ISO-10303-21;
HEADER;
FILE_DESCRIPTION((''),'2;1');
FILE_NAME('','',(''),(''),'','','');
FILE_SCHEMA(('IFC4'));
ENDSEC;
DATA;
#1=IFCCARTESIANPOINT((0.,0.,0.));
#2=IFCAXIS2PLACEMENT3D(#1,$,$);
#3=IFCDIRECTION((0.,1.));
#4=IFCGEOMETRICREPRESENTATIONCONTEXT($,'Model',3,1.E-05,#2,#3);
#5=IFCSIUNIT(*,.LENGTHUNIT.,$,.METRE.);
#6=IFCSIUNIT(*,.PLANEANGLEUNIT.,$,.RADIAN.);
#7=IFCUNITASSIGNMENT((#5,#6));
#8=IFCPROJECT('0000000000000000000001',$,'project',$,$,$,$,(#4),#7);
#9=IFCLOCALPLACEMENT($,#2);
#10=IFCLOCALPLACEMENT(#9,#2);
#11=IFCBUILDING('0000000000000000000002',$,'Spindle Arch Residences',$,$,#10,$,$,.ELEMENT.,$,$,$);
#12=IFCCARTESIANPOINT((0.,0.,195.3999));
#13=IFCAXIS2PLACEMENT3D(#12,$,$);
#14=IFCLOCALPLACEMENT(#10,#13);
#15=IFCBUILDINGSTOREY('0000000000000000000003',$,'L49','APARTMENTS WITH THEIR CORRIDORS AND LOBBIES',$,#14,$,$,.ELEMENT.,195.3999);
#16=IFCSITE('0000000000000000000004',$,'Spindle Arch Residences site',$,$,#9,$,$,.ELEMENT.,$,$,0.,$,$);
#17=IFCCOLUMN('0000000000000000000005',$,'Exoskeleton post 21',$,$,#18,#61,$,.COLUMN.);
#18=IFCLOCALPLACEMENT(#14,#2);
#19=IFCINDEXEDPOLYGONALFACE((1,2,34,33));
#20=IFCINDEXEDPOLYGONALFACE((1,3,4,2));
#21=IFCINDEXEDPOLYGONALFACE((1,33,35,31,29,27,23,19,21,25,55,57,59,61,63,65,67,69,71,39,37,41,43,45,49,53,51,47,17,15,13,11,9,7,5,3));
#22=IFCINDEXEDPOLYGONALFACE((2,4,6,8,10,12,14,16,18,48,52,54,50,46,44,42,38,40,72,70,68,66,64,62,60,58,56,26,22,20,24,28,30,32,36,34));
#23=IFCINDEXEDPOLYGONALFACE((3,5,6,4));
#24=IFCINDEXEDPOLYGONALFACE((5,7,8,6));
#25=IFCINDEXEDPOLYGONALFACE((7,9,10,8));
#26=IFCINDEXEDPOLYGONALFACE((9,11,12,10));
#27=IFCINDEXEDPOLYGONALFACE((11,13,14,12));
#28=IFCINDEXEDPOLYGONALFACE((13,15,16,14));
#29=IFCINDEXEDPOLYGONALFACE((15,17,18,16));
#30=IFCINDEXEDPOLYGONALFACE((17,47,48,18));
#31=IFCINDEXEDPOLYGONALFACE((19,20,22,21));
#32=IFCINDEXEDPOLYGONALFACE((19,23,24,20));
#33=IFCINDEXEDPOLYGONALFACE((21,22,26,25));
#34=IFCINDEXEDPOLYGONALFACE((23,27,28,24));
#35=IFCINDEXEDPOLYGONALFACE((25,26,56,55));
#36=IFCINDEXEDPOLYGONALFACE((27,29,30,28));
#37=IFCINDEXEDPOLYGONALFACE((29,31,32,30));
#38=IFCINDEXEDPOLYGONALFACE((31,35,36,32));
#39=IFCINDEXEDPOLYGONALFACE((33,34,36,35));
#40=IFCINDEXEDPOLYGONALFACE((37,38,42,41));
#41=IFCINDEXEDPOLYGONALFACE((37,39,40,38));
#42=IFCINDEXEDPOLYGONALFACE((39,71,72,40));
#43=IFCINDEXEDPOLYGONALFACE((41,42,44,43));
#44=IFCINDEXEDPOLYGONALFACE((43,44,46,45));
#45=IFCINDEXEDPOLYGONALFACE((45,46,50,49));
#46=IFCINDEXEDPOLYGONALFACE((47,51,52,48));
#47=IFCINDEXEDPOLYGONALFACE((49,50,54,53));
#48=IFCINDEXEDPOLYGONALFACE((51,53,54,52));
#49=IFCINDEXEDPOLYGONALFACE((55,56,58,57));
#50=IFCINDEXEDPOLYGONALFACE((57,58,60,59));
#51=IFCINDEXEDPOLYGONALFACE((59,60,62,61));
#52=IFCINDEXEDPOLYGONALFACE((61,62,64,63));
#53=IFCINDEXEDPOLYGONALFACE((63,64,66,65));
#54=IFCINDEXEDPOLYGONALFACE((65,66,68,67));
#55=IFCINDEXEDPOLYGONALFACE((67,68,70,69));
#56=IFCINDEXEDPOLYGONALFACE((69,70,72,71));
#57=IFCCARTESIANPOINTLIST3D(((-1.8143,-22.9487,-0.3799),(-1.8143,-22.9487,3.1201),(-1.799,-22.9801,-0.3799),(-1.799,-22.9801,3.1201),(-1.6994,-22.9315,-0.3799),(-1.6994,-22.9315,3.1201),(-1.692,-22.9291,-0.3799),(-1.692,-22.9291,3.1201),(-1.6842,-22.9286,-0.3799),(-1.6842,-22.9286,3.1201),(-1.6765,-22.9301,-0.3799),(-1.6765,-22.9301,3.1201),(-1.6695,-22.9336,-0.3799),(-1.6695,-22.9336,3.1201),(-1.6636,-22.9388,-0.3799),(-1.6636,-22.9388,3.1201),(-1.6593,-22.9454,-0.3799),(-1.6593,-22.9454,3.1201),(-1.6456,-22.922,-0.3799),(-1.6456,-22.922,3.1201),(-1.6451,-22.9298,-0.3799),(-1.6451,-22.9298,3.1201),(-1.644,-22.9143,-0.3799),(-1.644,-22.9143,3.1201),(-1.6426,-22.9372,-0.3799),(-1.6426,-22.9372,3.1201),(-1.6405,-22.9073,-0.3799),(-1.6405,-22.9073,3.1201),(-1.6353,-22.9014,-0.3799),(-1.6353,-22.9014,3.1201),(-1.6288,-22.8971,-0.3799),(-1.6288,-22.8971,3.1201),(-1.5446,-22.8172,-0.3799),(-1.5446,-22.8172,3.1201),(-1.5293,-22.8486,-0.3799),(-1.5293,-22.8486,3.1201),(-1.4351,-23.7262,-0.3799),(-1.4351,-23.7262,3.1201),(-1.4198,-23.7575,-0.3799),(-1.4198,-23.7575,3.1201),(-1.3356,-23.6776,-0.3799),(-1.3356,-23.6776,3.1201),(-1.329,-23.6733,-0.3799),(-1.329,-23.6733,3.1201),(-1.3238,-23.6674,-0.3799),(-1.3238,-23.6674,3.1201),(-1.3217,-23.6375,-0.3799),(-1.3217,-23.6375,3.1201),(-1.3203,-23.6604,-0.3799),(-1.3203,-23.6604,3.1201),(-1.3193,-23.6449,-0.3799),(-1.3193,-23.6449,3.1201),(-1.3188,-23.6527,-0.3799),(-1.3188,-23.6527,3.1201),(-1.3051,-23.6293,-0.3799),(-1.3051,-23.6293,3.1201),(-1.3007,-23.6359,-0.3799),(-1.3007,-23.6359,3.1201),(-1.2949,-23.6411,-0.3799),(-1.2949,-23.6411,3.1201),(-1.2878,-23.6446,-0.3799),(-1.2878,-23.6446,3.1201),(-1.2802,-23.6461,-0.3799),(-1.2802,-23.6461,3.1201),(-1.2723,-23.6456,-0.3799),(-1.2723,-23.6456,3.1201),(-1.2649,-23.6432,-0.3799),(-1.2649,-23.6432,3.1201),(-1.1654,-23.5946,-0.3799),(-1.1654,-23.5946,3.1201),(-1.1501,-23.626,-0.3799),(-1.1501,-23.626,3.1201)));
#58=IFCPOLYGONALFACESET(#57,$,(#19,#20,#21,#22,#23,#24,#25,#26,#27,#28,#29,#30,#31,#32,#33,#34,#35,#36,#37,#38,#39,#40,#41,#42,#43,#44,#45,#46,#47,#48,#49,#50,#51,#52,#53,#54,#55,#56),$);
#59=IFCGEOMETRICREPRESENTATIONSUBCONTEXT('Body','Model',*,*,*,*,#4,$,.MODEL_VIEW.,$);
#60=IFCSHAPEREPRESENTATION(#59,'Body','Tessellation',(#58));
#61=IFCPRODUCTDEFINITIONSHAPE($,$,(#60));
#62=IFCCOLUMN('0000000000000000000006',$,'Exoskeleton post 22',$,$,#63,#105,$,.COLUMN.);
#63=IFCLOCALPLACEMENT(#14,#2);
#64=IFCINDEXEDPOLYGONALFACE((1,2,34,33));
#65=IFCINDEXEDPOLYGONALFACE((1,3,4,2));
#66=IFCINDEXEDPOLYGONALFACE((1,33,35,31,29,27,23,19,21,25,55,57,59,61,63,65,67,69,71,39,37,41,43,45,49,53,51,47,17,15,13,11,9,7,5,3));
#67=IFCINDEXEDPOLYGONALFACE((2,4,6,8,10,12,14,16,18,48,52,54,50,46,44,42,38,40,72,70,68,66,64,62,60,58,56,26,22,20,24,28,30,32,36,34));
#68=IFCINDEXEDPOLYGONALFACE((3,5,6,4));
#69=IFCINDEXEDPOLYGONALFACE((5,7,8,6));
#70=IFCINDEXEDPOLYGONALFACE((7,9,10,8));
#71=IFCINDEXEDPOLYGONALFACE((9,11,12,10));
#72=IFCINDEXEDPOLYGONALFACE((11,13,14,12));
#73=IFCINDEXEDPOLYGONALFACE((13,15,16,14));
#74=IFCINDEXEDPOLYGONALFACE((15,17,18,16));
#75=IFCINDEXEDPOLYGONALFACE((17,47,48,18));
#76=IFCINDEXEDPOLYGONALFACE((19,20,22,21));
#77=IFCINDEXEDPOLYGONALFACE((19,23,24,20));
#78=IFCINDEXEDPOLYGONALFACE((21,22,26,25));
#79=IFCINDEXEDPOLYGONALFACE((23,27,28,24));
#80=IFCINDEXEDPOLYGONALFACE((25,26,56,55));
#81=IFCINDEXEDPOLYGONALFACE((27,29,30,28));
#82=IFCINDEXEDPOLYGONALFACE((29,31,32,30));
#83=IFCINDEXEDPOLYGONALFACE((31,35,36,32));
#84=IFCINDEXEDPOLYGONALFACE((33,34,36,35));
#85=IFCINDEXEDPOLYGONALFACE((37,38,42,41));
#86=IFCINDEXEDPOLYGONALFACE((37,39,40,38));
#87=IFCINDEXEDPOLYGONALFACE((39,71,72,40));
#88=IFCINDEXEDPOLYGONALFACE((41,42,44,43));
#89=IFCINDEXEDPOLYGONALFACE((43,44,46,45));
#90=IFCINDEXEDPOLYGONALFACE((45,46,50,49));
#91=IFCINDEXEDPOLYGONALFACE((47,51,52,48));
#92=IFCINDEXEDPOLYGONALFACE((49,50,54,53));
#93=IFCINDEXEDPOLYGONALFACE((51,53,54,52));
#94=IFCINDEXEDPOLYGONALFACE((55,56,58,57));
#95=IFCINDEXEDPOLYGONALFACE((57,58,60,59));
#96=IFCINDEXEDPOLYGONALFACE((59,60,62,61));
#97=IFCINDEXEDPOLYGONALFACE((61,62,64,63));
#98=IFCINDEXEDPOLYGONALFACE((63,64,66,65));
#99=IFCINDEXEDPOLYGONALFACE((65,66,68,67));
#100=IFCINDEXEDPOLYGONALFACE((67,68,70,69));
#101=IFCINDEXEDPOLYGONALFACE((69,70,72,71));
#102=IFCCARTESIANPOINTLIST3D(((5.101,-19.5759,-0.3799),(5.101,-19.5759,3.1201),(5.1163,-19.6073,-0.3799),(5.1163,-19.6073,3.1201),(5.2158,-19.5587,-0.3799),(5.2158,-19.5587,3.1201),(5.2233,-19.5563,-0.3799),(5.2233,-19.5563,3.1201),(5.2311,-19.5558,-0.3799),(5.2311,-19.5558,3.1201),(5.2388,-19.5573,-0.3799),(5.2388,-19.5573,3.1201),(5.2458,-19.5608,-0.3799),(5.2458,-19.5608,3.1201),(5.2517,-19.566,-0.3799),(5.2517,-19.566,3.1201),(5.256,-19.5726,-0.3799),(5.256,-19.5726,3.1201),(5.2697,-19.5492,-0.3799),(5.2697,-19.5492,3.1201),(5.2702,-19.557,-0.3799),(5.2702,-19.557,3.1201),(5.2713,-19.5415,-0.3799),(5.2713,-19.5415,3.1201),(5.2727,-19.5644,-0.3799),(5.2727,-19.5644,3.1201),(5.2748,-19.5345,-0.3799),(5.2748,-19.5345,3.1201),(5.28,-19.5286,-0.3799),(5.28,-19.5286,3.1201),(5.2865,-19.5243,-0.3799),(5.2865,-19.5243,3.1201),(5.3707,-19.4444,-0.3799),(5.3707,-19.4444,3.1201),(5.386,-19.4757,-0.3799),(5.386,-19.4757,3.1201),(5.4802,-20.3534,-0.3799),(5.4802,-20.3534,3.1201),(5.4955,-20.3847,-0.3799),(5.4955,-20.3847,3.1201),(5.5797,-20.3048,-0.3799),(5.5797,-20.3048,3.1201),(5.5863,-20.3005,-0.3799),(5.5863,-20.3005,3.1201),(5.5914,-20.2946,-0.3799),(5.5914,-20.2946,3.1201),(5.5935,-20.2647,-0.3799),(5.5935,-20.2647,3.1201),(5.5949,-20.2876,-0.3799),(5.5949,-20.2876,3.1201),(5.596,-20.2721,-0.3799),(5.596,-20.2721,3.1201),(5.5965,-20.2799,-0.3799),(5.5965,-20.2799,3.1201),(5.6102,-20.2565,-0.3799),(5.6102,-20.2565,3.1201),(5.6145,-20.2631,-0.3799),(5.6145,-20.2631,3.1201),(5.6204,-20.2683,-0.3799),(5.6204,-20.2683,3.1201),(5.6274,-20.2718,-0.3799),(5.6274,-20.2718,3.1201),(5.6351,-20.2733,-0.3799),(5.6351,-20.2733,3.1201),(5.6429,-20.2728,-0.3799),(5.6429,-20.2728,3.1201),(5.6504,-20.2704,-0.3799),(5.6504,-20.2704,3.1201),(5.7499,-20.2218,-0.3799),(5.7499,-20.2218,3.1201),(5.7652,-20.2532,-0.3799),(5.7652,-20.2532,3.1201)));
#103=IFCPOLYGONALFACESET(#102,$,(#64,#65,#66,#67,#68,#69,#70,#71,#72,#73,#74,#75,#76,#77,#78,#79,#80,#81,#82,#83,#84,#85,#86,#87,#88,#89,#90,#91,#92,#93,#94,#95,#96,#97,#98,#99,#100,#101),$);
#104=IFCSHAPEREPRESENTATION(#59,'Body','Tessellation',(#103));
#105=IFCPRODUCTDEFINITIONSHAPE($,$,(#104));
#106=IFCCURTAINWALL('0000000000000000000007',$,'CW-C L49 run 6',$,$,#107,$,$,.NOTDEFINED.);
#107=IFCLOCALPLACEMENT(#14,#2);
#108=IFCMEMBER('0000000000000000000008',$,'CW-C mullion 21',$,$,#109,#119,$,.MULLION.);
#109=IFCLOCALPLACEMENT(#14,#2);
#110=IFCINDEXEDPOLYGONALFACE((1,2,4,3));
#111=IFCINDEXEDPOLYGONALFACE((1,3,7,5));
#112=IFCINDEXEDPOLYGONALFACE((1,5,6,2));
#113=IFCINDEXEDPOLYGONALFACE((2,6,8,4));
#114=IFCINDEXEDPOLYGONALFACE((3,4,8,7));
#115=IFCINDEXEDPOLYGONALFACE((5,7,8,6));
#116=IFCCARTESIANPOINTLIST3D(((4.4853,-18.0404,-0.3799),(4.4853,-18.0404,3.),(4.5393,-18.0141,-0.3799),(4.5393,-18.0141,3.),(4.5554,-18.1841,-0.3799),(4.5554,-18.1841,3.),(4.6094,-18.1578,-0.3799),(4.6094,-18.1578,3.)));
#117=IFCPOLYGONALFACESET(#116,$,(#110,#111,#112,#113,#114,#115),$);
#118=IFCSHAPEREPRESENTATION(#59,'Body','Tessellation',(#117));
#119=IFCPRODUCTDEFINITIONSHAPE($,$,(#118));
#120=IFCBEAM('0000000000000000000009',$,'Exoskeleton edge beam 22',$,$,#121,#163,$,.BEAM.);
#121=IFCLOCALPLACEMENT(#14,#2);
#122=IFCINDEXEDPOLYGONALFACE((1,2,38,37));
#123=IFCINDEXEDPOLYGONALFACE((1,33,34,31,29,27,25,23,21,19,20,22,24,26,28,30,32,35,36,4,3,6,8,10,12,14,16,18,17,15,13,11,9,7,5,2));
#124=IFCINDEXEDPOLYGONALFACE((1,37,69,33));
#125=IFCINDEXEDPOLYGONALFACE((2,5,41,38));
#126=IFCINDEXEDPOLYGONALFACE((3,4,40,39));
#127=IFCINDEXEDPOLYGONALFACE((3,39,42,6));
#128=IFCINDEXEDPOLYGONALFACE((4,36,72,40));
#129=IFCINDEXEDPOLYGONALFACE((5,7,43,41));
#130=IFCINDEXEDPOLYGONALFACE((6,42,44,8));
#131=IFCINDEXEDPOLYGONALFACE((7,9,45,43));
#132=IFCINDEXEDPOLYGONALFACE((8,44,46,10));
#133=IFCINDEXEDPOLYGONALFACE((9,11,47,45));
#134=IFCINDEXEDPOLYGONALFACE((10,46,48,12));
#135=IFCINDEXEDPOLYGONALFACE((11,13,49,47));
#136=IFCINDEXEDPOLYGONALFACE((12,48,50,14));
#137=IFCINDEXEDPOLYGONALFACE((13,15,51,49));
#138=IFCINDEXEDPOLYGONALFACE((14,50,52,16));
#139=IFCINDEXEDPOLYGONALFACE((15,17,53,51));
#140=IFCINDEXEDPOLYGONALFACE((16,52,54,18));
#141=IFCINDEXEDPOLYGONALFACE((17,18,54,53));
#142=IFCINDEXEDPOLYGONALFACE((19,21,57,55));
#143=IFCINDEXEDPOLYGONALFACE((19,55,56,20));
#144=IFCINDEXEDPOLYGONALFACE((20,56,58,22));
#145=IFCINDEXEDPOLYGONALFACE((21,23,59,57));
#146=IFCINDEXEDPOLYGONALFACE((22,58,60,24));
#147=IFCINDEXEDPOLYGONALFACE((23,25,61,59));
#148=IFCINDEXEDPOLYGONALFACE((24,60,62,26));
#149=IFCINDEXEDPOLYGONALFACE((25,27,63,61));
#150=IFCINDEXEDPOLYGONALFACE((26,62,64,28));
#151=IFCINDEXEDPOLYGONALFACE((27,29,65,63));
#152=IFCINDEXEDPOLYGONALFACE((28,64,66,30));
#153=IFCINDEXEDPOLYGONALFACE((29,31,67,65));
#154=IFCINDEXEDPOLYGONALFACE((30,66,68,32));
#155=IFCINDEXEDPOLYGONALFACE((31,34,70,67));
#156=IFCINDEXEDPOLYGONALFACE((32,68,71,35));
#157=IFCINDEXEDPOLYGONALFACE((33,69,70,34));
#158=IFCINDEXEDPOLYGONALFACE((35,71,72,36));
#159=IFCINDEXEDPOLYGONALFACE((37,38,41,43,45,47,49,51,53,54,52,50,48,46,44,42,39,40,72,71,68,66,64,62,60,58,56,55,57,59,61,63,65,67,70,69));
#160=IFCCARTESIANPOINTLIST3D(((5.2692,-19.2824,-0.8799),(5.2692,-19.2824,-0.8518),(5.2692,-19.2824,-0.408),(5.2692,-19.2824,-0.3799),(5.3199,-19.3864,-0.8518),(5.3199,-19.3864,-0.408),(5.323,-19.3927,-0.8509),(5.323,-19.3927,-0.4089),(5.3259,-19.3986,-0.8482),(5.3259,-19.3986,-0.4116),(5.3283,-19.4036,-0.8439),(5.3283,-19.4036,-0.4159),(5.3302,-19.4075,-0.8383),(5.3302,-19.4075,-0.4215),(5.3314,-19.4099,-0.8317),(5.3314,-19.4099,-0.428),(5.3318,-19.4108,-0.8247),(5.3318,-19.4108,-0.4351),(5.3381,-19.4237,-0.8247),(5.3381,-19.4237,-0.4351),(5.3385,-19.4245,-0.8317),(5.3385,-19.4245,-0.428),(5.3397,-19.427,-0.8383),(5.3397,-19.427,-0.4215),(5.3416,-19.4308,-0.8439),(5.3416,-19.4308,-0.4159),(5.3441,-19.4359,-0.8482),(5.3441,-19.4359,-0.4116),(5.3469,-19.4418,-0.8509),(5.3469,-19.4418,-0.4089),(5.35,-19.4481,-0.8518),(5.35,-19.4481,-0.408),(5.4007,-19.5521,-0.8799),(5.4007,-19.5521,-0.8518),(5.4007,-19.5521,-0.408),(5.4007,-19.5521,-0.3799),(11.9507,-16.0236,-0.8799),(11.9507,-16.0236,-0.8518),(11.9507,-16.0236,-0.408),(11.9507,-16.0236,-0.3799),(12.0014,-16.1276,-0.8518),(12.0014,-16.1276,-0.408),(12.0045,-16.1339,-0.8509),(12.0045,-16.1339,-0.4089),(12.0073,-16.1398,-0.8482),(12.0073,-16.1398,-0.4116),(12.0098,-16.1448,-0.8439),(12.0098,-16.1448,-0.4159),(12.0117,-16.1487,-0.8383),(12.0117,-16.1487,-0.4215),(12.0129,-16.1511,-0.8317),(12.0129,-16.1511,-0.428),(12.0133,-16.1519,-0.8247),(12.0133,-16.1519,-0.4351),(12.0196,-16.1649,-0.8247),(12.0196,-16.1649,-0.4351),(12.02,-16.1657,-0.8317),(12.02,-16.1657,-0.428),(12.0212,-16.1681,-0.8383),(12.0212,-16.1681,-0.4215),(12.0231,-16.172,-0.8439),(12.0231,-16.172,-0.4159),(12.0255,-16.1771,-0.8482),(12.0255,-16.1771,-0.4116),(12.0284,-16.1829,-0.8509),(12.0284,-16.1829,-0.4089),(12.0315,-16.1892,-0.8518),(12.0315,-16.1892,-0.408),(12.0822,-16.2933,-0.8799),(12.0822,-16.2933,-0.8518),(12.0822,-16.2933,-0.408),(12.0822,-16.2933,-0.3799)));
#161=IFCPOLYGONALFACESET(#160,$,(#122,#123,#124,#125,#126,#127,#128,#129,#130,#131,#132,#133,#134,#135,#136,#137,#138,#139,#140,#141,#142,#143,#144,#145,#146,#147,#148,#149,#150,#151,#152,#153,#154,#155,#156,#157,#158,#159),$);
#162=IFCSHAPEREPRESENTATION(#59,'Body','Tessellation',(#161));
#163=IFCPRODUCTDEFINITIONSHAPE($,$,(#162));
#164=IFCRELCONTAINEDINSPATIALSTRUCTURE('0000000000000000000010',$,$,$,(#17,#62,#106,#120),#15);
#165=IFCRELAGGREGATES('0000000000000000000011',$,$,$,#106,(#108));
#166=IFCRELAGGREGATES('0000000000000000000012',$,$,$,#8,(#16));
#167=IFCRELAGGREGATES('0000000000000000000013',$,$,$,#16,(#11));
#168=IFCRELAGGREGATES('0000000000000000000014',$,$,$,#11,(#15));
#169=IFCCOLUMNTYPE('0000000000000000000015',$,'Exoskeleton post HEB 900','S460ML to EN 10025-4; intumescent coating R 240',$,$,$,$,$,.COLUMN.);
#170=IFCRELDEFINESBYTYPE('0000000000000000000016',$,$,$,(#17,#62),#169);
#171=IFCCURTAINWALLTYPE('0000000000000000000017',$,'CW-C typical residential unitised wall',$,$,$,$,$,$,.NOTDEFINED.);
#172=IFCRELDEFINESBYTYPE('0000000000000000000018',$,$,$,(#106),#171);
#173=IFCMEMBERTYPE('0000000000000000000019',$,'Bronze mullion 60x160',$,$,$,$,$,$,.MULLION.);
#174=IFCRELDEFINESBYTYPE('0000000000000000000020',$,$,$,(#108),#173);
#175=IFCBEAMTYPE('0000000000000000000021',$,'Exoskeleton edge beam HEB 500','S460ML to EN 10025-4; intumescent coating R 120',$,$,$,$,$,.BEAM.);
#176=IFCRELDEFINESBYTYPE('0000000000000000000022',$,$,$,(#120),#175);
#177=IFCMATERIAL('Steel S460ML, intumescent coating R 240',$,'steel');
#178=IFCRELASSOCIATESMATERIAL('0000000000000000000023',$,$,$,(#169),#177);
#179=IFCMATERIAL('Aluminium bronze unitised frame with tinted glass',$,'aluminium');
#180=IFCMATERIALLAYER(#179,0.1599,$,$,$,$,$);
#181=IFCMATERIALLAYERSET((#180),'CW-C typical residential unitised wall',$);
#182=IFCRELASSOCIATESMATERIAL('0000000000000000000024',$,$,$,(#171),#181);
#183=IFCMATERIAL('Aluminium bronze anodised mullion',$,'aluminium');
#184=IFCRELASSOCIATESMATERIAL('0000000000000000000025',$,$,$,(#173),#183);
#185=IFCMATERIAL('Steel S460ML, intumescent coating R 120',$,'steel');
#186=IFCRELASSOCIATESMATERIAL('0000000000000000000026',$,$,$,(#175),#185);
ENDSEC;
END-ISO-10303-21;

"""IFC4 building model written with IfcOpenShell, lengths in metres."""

from ifc_helpers import new_model, si_unit, direction, frame, origin, origin_2d, place, context, subcontext, project, spatial, rectangle, i_section, extrude, material, layer, layer_set, material_profile, profile_set, type_object, element, aggregate, save


model = new_model("IFC4")

# Units and contexts
model_context = context("Model", 3, precision=1e-05, world=origin(), true_north=direction((0.0, 1.0)))
body_context = subcontext(model_context, "Body", "Model", "MODEL_VIEW")
ifc_project = project(units=[si_unit("LENGTHUNIT", "METRE"), si_unit("PLANEANGLEUNIT", "RADIAN")], contexts=[model_context])

# Site, building, storey
site_placement = place(None, origin())
site = spatial("IfcSite", under=ifc_project, at=site_placement, Name="Spindle Arch Residences site", CompositionType="ELEMENT", RefElevation=0.0)
building_placement = place(site_placement, origin())
building = spatial("IfcBuilding", under=site, at=building_placement, Name="Spindle Arch Residences", CompositionType="ELEMENT")
storey_placement = place(building_placement, frame((0.0, 0.0, 195.3999)))
storey = spatial("IfcBuildingStorey", under=building, at=storey_placement, Name="L49", Description="APARTMENTS WITH THEIR CORRIDORS AND LOBBIES", CompositionType="ELEMENT", Elevation=195.3999)

# Columns
ifc_material_1 = material(Name="Steel S460ML, intumescent coating R 240", Category="steel")
ifc_material_profile_1 = material_profile(ifc_material_1, i_section(OverallWidth=0.3, OverallDepth=0.8999, WebThickness=0.0186, FlangeThickness=0.0349, FilletRadius=0.03, at=origin_2d()), Name="HEB 900")
ifc_profile_set_1 = profile_set([ifc_material_profile_1], Name="Steel S460ML, intumescent coating R 240")
column_type = type_object("IfcColumnType", Name="Exoskeleton post HEB 900", Description="S460ML to EN 10025-4; intumescent coating R 240", PredefinedType="COLUMN", material=ifc_profile_set_1)
for number, where, z_axis, x_axis, name in (
    (1, (-1.4822, -23.2874, -0.3799), (0.0, 0.0, 1.0), (-0.898794, -0.438371, 0.0), "Exoskeleton post 21"),
    (2, (5.4331, -19.9146, -0.3799), (0.0, 0.0, 1.0), (-0.898794, -0.438371, 0.0), "Exoskeleton post 22"),
):
    element("IfcColumn", number, at=place(storey_placement, frame(where, z_axis=z_axis, x_axis=x_axis)), inside=storey, type_object=column_type, Name=name, PredefinedType="COLUMN", context=body_context, shape_type="SweptSolid", body=[
        extrude(i_section(OverallWidth=0.3, OverallDepth=0.8999, WebThickness=0.0186, FlangeThickness=0.0349, FilletRadius=0.03, at=origin_2d()), origin(), (0.0, 0.0, 1.0), 3.5),
    ])

# Curtain wall, member
ifc_material_2 = material(Name="Aluminium bronze unitised frame with tinted glass", Category="aluminium")
ifc_layer_1 = layer(ifc_material_2, 0.1599)
ifc_layer_set_1 = layer_set([ifc_layer_1], Name="CW-C typical residential unitised wall")
curtain_wall_type = type_object("IfcCurtainWallType", Name="CW-C typical residential unitised wall", PredefinedType="NOTDEFINED", material=ifc_layer_set_1)
curtain_wall_placement = place(storey_placement, origin())
curtain_wall = element("IfcCurtainWall", 3, at=curtain_wall_placement, inside=storey, type_object=curtain_wall_type, Name="CW-C L49 run 6", PredefinedType="NOTDEFINED")
ifc_material_3 = material(Name="Aluminium bronze anodised mullion", Category="aluminium")
ifc_material_profile_2 = material_profile(ifc_material_3, rectangle(XDim=0.1599, YDim=0.0601, at=origin_2d()), Name="MU 60x160")
ifc_profile_set_2 = profile_set([ifc_material_profile_2], Name="Aluminium bronze anodised mullion")
member_type = type_object("IfcMemberType", Name="Bronze mullion 60x160", PredefinedType="MULLION", material=ifc_profile_set_2)
member_placement = place(storey_placement, frame((4.5474, -18.0991, -0.3799), z_axis=(0.0, 0.0, 1.0), x_axis=(-0.438371, 0.898794, 0.0)))
member = element("IfcMember", 4, at=member_placement, type_object=member_type, Name="CW-C mullion 21", PredefinedType="MULLION", context=body_context, shape_type="SweptSolid", body=[
    extrude(rectangle(XDim=0.1599, YDim=0.0601, at=origin_2d()), origin(), (0.0, 0.0, 1.0), 3.3799),
])

# Beam
ifc_material_4 = material(Name="Steel S460ML, intumescent coating R 120", Category="steel")
ifc_material_profile_3 = material_profile(ifc_material_4, i_section(OverallWidth=0.3, OverallDepth=0.5, WebThickness=0.0144, FlangeThickness=0.0281, FilletRadius=0.0271, at=origin_2d()), Name="HEB 500")
ifc_profile_set_3 = profile_set([ifc_material_profile_3], Name="Steel S460ML, intumescent coating R 120")
beam_type_1 = type_object("IfcBeamType", Name="Exoskeleton edge beam HEB 500", Description="S460ML to EN 10025-4; intumescent coating R 120", PredefinedType="BEAM", material=ifc_profile_set_3)
beam_1_placement = place(storey_placement, frame((5.335, -19.4172, -0.6299), z_axis=(0.898791, 0.438377, 0.0), x_axis=(-0.438377, 0.898791, 0.0)))
element("IfcBeam", 5, at=beam_1_placement, inside=storey, type_object=beam_type_1, Name="Exoskeleton edge beam 22", PredefinedType="BEAM", context=body_context, shape_type="SweptSolid", body=[
    extrude(i_section(OverallWidth=0.3, OverallDepth=0.5, WebThickness=0.0144, FlangeThickness=0.0281, FilletRadius=0.0271, at=origin_2d()), origin(), (0.0, 0.0, 1.0), 7.4338),
])

aggregate(curtain_wall, [member])

save(model, "model.ifc")
